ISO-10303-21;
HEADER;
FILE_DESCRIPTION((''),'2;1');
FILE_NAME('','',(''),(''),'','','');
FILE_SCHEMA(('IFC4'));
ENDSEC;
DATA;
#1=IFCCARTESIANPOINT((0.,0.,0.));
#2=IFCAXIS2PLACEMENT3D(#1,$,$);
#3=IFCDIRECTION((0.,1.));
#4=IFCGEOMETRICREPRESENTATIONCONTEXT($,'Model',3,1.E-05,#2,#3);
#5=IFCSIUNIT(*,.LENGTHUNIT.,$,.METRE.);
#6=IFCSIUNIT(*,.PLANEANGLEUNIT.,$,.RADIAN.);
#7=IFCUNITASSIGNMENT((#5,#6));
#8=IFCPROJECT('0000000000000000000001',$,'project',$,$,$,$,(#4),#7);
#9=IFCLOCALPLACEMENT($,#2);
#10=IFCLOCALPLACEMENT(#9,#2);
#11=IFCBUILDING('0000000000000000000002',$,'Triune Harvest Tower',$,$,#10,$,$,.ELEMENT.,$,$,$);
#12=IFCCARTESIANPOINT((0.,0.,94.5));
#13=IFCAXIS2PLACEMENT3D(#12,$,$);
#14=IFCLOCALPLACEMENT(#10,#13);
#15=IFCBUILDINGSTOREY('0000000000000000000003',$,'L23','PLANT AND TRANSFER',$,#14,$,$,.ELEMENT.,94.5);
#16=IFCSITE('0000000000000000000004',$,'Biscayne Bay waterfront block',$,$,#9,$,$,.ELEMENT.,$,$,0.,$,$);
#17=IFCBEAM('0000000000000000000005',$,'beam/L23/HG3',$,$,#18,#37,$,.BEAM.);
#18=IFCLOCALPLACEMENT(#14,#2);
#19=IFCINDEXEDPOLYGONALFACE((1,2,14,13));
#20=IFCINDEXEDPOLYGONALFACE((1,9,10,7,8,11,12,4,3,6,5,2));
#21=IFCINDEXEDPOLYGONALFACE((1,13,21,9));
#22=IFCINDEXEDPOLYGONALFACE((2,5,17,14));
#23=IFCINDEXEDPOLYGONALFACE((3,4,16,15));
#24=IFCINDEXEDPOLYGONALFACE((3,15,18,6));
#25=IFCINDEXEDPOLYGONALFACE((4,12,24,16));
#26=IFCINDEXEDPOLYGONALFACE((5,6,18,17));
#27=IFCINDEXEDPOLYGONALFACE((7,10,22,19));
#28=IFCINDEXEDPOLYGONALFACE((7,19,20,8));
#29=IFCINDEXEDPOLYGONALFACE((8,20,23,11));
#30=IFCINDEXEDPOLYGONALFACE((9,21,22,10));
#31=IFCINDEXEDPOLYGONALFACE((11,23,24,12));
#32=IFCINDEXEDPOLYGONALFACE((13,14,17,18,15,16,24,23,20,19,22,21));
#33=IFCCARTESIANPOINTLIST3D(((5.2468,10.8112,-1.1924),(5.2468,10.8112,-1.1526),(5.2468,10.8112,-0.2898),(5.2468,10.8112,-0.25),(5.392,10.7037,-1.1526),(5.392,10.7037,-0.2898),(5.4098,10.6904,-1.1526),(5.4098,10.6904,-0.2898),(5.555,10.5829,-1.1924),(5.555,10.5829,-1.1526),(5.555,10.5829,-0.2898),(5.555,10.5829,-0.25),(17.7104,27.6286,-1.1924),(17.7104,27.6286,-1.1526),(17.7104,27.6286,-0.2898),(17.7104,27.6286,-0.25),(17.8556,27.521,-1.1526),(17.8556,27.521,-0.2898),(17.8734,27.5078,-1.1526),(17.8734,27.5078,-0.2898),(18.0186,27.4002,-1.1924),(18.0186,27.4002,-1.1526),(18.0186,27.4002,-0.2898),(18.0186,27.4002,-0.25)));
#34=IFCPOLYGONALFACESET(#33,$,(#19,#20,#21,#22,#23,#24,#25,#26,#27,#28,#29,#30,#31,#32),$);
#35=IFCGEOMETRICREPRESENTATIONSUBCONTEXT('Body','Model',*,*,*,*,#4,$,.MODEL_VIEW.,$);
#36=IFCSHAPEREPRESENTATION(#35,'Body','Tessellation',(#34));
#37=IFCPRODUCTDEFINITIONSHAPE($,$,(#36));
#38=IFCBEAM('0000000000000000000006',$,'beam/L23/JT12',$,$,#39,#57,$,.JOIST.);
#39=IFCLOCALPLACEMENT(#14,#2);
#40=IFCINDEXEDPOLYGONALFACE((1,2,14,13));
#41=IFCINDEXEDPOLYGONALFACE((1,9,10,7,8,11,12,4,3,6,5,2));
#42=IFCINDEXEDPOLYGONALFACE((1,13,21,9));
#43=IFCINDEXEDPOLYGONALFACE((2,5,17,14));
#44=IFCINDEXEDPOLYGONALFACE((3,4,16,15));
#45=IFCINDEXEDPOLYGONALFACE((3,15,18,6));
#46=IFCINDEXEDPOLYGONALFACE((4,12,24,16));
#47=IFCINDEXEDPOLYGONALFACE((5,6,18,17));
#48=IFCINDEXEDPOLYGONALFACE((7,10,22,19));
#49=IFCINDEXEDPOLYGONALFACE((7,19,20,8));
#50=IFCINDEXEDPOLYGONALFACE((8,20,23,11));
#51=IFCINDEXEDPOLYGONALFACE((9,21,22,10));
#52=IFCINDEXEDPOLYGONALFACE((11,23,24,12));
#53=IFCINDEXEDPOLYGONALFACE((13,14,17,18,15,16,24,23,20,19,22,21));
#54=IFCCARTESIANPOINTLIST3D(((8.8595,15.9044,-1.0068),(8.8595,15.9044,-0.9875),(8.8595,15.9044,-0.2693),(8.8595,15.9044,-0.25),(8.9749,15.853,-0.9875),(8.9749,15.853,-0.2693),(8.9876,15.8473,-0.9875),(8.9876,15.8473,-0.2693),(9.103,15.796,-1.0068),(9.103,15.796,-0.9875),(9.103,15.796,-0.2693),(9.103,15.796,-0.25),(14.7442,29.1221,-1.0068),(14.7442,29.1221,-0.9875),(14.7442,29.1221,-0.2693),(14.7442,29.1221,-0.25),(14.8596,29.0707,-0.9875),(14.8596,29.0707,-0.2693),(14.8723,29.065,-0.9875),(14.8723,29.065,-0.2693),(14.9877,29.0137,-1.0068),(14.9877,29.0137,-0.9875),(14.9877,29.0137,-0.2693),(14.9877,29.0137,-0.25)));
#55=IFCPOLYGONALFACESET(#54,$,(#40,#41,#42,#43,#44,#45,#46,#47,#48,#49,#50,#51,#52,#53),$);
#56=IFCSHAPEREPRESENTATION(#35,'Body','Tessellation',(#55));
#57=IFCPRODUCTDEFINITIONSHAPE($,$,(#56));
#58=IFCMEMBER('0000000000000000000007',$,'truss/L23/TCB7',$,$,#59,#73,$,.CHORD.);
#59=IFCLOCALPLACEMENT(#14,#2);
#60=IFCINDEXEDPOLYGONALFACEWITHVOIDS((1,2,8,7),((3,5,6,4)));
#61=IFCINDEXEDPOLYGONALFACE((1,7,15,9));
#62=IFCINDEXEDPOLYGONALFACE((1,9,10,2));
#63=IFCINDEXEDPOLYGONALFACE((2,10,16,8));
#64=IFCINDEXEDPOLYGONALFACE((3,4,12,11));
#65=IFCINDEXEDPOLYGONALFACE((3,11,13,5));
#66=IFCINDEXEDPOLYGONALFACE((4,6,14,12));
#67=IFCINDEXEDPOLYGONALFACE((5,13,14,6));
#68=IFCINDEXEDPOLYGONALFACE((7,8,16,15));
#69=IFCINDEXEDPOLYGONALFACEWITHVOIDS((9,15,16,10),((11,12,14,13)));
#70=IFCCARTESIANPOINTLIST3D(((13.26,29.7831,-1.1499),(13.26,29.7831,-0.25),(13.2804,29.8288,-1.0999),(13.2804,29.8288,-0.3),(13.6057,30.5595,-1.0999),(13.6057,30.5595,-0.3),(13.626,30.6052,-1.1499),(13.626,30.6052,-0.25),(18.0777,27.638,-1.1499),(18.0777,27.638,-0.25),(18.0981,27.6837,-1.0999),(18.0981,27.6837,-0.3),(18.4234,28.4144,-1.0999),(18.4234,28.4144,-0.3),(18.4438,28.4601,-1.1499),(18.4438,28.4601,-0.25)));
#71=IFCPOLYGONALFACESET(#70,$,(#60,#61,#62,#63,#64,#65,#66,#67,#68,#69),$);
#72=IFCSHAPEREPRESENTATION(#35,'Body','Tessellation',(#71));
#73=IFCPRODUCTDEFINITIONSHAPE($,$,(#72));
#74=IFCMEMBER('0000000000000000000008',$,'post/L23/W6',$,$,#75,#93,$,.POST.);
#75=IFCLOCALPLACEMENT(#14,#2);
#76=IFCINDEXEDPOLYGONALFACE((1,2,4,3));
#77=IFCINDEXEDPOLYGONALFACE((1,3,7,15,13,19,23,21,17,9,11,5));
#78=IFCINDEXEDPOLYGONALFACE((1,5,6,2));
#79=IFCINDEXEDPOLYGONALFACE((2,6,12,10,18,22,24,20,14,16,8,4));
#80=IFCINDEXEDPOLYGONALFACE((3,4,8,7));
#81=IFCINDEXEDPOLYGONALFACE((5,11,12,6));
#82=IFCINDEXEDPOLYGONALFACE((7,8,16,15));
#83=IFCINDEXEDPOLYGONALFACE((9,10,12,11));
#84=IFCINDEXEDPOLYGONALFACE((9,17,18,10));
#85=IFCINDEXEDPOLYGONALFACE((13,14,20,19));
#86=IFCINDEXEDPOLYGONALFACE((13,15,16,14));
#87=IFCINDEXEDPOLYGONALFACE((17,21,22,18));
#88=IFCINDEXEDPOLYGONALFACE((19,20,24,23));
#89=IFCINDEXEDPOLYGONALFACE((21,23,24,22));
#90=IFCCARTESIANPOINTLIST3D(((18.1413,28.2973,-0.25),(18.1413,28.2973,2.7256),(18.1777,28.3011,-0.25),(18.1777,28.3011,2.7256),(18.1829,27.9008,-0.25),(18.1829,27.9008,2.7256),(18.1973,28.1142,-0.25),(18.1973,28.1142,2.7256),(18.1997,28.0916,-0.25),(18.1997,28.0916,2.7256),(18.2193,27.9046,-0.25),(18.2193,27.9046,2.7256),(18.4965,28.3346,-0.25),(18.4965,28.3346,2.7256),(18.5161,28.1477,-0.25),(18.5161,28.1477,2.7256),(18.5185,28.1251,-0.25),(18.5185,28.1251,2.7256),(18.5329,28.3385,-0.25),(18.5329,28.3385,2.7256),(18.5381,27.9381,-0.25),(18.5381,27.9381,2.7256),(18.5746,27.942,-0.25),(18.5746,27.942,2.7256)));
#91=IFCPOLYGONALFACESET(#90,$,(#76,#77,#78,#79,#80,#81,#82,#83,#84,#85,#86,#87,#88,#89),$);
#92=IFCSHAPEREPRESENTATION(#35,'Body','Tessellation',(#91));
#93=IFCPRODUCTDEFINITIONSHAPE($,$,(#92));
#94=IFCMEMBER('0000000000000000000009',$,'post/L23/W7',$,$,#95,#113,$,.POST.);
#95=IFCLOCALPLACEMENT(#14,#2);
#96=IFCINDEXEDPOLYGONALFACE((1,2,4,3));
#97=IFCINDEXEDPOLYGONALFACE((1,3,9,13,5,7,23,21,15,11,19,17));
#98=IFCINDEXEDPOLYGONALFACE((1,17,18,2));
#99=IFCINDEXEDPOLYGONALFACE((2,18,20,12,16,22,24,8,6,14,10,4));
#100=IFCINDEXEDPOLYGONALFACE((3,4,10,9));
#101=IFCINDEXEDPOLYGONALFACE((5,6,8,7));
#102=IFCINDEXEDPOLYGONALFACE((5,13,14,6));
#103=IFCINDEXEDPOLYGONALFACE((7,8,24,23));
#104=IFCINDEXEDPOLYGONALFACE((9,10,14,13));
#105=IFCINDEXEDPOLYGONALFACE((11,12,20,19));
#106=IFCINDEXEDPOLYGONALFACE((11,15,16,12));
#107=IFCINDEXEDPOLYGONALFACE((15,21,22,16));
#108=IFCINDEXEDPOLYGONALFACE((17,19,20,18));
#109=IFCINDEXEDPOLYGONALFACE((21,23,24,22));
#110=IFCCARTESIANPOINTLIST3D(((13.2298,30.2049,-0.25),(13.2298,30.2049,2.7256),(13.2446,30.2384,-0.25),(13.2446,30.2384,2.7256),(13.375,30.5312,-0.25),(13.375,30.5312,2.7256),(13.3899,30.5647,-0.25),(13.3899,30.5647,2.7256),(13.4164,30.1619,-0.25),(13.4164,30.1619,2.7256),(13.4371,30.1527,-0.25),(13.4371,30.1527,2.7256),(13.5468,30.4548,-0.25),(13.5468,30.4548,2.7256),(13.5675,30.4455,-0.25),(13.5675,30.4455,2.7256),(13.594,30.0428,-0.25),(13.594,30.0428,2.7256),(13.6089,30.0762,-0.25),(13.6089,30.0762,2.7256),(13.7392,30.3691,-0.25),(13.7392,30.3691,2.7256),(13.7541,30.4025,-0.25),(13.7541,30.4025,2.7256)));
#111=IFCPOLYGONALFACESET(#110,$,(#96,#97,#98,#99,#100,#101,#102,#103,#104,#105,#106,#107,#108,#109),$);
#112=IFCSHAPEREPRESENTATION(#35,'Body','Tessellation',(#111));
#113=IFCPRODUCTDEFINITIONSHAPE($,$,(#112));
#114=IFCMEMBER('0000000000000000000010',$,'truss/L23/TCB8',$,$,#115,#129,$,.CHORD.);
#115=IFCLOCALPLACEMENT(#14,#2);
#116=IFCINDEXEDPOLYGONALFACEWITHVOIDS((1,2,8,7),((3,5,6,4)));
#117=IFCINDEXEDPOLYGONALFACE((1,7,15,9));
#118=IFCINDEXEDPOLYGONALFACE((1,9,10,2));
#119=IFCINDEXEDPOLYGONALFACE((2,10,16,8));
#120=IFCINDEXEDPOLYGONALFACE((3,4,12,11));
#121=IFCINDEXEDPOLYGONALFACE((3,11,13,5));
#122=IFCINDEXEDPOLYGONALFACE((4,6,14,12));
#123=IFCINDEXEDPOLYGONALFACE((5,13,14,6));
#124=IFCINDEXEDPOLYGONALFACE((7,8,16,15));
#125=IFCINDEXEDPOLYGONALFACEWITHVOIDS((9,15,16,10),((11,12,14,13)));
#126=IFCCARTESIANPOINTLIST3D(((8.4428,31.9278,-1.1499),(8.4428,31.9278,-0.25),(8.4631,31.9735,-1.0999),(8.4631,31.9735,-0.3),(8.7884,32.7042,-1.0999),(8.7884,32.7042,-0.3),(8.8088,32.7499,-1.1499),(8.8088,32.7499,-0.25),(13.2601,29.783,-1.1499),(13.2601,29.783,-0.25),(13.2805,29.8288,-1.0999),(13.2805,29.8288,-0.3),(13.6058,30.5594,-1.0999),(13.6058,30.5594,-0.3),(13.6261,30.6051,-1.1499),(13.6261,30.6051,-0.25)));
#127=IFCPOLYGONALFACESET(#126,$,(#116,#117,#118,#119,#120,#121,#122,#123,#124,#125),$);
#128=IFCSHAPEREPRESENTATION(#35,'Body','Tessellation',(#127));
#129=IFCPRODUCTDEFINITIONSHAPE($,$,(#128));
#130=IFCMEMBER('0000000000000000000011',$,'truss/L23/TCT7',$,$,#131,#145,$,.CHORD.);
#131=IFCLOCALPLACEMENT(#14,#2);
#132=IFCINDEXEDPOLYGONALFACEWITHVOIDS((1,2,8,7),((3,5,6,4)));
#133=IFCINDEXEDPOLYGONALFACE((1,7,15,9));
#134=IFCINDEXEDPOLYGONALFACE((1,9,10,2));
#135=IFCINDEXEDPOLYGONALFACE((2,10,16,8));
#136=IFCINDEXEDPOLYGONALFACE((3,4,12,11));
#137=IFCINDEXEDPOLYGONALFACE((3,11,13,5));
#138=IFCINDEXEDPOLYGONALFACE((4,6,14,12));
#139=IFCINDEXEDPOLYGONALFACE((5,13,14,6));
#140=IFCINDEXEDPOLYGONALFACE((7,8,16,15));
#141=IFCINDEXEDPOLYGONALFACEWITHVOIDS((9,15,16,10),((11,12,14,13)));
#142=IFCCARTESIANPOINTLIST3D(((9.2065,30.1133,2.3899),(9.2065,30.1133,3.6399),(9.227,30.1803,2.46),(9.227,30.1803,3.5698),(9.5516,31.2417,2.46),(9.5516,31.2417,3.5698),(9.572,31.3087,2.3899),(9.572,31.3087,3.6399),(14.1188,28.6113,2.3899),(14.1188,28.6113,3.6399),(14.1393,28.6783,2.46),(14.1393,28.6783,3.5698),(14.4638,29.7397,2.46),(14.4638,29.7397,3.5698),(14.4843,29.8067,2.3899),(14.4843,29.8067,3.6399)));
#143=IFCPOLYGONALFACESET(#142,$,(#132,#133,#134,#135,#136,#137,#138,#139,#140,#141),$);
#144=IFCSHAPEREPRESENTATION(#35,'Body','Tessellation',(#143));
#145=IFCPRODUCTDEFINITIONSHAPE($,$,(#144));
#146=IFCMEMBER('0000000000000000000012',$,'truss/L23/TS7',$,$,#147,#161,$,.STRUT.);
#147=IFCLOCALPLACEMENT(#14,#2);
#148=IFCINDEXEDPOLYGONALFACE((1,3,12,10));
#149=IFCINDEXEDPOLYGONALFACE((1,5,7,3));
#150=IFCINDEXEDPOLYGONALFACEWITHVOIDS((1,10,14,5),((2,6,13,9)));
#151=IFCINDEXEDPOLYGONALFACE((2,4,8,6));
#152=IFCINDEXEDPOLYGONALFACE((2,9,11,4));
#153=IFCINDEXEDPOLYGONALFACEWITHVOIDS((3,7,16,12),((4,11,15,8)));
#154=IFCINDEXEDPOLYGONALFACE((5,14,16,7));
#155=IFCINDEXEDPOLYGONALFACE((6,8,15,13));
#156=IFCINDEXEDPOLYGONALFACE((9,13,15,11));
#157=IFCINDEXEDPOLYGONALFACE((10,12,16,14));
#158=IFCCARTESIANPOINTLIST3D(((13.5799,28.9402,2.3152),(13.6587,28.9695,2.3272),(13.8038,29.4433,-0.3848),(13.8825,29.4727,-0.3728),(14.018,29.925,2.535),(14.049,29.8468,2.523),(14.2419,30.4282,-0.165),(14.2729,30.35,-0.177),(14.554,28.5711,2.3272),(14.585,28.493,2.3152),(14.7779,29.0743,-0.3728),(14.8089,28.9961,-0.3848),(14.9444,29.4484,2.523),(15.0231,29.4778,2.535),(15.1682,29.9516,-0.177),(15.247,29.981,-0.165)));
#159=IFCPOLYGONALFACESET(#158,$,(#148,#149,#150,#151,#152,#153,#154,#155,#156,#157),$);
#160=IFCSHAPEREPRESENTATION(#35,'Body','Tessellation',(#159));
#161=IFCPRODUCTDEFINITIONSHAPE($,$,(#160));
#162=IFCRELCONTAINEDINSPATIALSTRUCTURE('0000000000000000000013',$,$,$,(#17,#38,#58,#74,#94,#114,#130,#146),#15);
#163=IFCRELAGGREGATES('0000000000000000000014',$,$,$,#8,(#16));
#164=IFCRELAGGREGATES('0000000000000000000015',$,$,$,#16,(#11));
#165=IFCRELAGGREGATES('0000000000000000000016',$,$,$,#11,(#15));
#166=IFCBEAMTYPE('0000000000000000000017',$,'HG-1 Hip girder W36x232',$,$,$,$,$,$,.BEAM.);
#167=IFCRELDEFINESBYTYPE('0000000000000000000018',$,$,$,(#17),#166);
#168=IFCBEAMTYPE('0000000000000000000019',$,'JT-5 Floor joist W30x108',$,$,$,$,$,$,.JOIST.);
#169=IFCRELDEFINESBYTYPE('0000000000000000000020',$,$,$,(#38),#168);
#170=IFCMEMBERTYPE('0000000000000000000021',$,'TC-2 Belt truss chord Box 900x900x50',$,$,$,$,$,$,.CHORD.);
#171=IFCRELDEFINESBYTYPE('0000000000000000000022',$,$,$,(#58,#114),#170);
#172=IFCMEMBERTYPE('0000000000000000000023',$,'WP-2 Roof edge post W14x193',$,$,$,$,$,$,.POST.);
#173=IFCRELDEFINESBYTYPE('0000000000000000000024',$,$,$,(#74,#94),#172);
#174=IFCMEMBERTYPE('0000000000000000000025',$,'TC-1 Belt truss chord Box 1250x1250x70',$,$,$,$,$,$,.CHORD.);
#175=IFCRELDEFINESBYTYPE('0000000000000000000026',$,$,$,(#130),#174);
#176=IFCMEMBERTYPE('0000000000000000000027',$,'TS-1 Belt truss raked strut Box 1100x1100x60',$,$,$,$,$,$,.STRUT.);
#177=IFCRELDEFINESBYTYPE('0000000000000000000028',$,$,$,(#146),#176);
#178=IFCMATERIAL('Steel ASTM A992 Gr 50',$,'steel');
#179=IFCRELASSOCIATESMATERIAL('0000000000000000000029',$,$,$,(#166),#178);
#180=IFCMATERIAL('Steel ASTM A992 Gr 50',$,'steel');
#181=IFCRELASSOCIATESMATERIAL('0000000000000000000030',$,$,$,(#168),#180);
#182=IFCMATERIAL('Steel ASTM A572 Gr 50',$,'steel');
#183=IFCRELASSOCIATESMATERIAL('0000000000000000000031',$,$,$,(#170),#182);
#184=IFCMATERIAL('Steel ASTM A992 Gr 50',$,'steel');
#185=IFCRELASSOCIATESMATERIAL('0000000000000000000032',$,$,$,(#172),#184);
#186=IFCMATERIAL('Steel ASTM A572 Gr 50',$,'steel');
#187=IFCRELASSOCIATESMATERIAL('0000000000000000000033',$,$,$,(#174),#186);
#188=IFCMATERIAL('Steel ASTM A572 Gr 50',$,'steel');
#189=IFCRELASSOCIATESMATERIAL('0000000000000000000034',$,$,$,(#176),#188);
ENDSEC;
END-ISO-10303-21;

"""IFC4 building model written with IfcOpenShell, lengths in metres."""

from ifc_helpers import new_model, si_unit, direction, frame, origin, origin_2d, place, context, subcontext, project, spatial, hollow_rectangle, i_section, extrude, source, transform, mapped, material, material_profile, profile_set, type_object, element, save


model = new_model("IFC4")

# Units and contexts
model_context = context("Model", 3, precision=1e-05, world=origin(), true_north=direction((0.0, 1.0)))
body_context = subcontext(model_context, "Body", "Model", "MODEL_VIEW")
ifc_project = project(units=[si_unit("LENGTHUNIT", "METRE"), si_unit("PLANEANGLEUNIT", "RADIAN")], contexts=[model_context])

# Site, building, storey
site_placement = place(None, origin())
site = spatial("IfcSite", under=ifc_project, at=site_placement, Name="Biscayne Bay waterfront block", CompositionType="ELEMENT", RefElevation=0.0)
building_placement = place(site_placement, origin())
building = spatial("IfcBuilding", under=site, at=building_placement, Name="Triune Harvest Tower", CompositionType="ELEMENT")
storey_placement = place(building_placement, frame((0.0, 0.0, 94.5)))
storey = spatial("IfcBuildingStorey", under=building, at=storey_placement, Name="L23", Description="PLANT AND TRANSFER", CompositionType="ELEMENT", Elevation=94.5)

# Beams
ifc_material_1 = material(Name="Steel ASTM A992 Gr 50", Category="steel")
ifc_material_profile_1 = material_profile(ifc_material_1, i_section(OverallWidth=0.3835, OverallDepth=0.9424, WebThickness=0.0222, FlangeThickness=0.0398, at=origin_2d()), Name="W36x232")
ifc_profile_set_1 = profile_set([ifc_material_profile_1], Name="Steel ASTM A992 Gr 50")
beam_type_1 = type_object("IfcBeamType", Name="HG-1 Hip girder W36x232", PredefinedType="BEAM", material=ifc_profile_set_1)
beam_1_placement = place(storey_placement, frame((17.8645, 27.5144, -0.7212), z_axis=(-0.595422, -0.803413, 0.0), x_axis=(0.803413, -0.595422, 0.0)))
element("IfcBeam", 1, at=beam_1_placement, inside=storey, type_object=beam_type_1, Name="beam/L23/HG3", PredefinedType="BEAM", context=body_context, shape_type="SweptSolid", body=[
    extrude(i_section(OverallWidth=0.3835, OverallDepth=0.9424, WebThickness=0.0222, FlangeThickness=0.0398, at=origin_2d()), origin(), (0.0, 0.0, 1.0), 20.9324),
])
ifc_material_2 = material(Name="Steel ASTM A992 Gr 50", Category="steel")
ifc_material_profile_2 = material_profile(ifc_material_2, i_section(OverallWidth=0.2666, OverallDepth=0.7568, WebThickness=0.0139, FlangeThickness=0.0193, at=origin_2d()), Name="W30x108")
ifc_profile_set_2 = profile_set([ifc_material_profile_2], Name="Steel ASTM A992 Gr 50")
beam_type_2 = type_object("IfcBeamType", Name="JT-5 Floor joist W30x108", PredefinedType="JOIST", material=ifc_profile_set_2)
beam_2_placement = place(storey_placement, frame((14.866, 29.0679, -0.6284), z_axis=(-0.406727, -0.91355, 0.0), x_axis=(0.91355, -0.406727, 0.0)))
element("IfcBeam", 2, at=beam_2_placement, inside=storey, type_object=beam_type_2, Name="beam/L23/JT12", PredefinedType="JOIST", context=body_context, shape_type="SweptSolid", body=[
    extrude(i_section(OverallWidth=0.2666, OverallDepth=0.7568, WebThickness=0.0139, FlangeThickness=0.0193, at=origin_2d()), origin(), (0.0, 0.0, 1.0), 14.4685),
])

# Members
ifc_material_3 = material(Name="Steel ASTM A572 Gr 50", Category="steel")
ifc_material_profile_3 = material_profile(ifc_material_3, hollow_rectangle(XDim=0.8999, YDim=0.8999, WallThickness=0.05, at=origin_2d()), Name="Box 900x900x50")
ifc_profile_set_3 = profile_set([ifc_material_profile_3], Name="Steel ASTM A572 Gr 50")
member_type_1 = type_object("IfcMemberType", Name="TC-2 Belt truss chord Box 900x900x50", PredefinedType="CHORD", material=ifc_profile_set_3)
member_1_placement = place(storey_placement, frame((18.2607, 28.0491, -0.7), z_axis=(-0.91354, 0.406748, 0.0), x_axis=(-0.406748, -0.91354, 0.0)))
element("IfcMember", 3, at=member_1_placement, inside=storey, type_object=member_type_1, Name="truss/L23/TCB7", PredefinedType="CHORD", context=body_context, shape_type="SweptSolid", body=[
    extrude(hollow_rectangle(XDim=0.8999, YDim=0.8999, WallThickness=0.05, at=origin_2d()), origin(), (0.0, 0.0, 1.0), 5.2737),
])
ifc_material_4 = material(Name="Steel ASTM A992 Gr 50", Category="steel")
ifc_material_profile_4 = material_profile(ifc_material_4, i_section(OverallWidth=0.3987, OverallDepth=0.3938, WebThickness=0.0227, FlangeThickness=0.0366, at=origin_2d()), Name="W14x193")
ifc_profile_set_4 = profile_set([ifc_material_profile_4], Name="Steel ASTM A992 Gr 50")
member_type_2 = type_object("IfcMemberType", Name="WP-2 Roof edge post W14x193", PredefinedType="POST", material=ifc_profile_set_4)
shared_shape_1 = source(origin(), body_context, "Body", "SweptSolid", [
    extrude(i_section(OverallWidth=0.3987, OverallDepth=0.3938, WebThickness=0.0227, FlangeThickness=0.0366, at=origin_2d()), origin(), (0.0, 0.0, 1.0), 2.9756),
])
for number, where, z_axis, x_axis, name in (
    (4, (18.3579, 28.1196, -0.25), (0.0, 0.0, 1.0), (-0.104527, 0.994522, 0.0), "post/L23/W6"),
    (5, (13.4919, 30.3037, -0.25), (0.0, 0.0, 1.0), (-0.913547, 0.406733, 0.0), "post/L23/W7"),
):
    element("IfcMember", number, at=place(storey_placement, frame(where, z_axis=z_axis, x_axis=x_axis)), inside=storey, type_object=member_type_2, Name=name, PredefinedType="POST", context=body_context, shape_type="MappedRepresentation", body=[
        mapped(shared_shape_1, transform((0.0, 0.0, 0.0), scale=1.0)),
    ])
shared_shape_2 = source(origin(), body_context, "Body", "SweptSolid", [
    extrude(hollow_rectangle(XDim=0.8999, YDim=0.8999, WallThickness=0.05, at=origin_2d()), origin(), (0.0, 0.0, 1.0), 5.2732),
])
member_2_placement = place(storey_placement, frame((13.4431, 30.1941, -0.7), z_axis=(-0.91355, 0.406727, 0.0), x_axis=(-0.406727, -0.91355, 0.0)))
element("IfcMember", 6, at=member_2_placement, inside=storey, type_object=member_type_1, Name="truss/L23/TCB8", PredefinedType="CHORD", context=body_context, shape_type="MappedRepresentation", body=[
    mapped(shared_shape_2, transform((0.0, 0.0, 0.0), scale=1.0)),
])
ifc_material_5 = material(Name="Steel ASTM A572 Gr 50", Category="steel")
ifc_material_profile_5 = material_profile(ifc_material_5, hollow_rectangle(XDim=1.25, YDim=1.25, WallThickness=0.0701, at=origin_2d()), Name="Box 1250x1250x70")
ifc_profile_set_5 = profile_set([ifc_material_profile_5], Name="Steel ASTM A572 Gr 50")
member_type_3 = type_object("IfcMemberType", Name="TC-1 Belt truss chord Box 1250x1250x70", PredefinedType="CHORD", material=ifc_profile_set_5)
shared_shape_3 = source(origin(), body_context, "Body", "SweptSolid", [
    extrude(hollow_rectangle(XDim=1.25, YDim=1.25, WallThickness=0.0701, at=origin_2d()), origin(), (0.0, 0.0, 1.0), 5.1367),
])
member_3_placement = place(storey_placement, frame((14.3015, 29.209, 3.0149), z_axis=(-0.956295, 0.292402, 0.0), x_axis=(-0.292402, -0.956295, 0.0)))
element("IfcMember", 7, at=member_3_placement, inside=storey, type_object=member_type_3, Name="truss/L23/TCT7", PredefinedType="CHORD", context=body_context, shape_type="MappedRepresentation", body=[
    mapped(shared_shape_3, transform((0.0, 0.0, 0.0), scale=1.0)),
])
ifc_material_6 = material(Name="Steel ASTM A572 Gr 50", Category="steel")
ifc_material_profile_6 = material_profile(ifc_material_6, hollow_rectangle(XDim=1.1001, YDim=1.1001, WallThickness=0.0601, at=origin_2d()), Name="Box 1100x1100x60")
ifc_profile_set_6 = profile_set([ifc_material_profile_6], Name="Steel ASTM A572 Gr 50")
member_type_4 = type_object("IfcMemberType", Name="TS-1 Belt truss raked strut Box 1100x1100x60", PredefinedType="STRUT", material=ifc_profile_set_6)
shared_shape_4 = source(origin(), body_context, "Body", "SweptSolid", [
    extrude(hollow_rectangle(XDim=1.1001, YDim=1.1001, WallThickness=0.0601, at=origin_2d()), origin(), (0.0, 0.0, 1.0), 2.7556),
])
member_4_placement = place(storey_placement, frame((14.5254, 29.7122, -0.2749), z_axis=(-0.081246, -0.182604, 0.979824), x_axis=(0.913647, -0.406509, 0.0)))
element("IfcMember", 8, at=member_4_placement, inside=storey, type_object=member_type_4, Name="truss/L23/TS7", PredefinedType="STRUT", context=body_context, shape_type="MappedRepresentation", body=[
    mapped(shared_shape_4, transform((0.0, 0.0, 0.0), scale=1.0)),
])

save(model, "model.ifc")
